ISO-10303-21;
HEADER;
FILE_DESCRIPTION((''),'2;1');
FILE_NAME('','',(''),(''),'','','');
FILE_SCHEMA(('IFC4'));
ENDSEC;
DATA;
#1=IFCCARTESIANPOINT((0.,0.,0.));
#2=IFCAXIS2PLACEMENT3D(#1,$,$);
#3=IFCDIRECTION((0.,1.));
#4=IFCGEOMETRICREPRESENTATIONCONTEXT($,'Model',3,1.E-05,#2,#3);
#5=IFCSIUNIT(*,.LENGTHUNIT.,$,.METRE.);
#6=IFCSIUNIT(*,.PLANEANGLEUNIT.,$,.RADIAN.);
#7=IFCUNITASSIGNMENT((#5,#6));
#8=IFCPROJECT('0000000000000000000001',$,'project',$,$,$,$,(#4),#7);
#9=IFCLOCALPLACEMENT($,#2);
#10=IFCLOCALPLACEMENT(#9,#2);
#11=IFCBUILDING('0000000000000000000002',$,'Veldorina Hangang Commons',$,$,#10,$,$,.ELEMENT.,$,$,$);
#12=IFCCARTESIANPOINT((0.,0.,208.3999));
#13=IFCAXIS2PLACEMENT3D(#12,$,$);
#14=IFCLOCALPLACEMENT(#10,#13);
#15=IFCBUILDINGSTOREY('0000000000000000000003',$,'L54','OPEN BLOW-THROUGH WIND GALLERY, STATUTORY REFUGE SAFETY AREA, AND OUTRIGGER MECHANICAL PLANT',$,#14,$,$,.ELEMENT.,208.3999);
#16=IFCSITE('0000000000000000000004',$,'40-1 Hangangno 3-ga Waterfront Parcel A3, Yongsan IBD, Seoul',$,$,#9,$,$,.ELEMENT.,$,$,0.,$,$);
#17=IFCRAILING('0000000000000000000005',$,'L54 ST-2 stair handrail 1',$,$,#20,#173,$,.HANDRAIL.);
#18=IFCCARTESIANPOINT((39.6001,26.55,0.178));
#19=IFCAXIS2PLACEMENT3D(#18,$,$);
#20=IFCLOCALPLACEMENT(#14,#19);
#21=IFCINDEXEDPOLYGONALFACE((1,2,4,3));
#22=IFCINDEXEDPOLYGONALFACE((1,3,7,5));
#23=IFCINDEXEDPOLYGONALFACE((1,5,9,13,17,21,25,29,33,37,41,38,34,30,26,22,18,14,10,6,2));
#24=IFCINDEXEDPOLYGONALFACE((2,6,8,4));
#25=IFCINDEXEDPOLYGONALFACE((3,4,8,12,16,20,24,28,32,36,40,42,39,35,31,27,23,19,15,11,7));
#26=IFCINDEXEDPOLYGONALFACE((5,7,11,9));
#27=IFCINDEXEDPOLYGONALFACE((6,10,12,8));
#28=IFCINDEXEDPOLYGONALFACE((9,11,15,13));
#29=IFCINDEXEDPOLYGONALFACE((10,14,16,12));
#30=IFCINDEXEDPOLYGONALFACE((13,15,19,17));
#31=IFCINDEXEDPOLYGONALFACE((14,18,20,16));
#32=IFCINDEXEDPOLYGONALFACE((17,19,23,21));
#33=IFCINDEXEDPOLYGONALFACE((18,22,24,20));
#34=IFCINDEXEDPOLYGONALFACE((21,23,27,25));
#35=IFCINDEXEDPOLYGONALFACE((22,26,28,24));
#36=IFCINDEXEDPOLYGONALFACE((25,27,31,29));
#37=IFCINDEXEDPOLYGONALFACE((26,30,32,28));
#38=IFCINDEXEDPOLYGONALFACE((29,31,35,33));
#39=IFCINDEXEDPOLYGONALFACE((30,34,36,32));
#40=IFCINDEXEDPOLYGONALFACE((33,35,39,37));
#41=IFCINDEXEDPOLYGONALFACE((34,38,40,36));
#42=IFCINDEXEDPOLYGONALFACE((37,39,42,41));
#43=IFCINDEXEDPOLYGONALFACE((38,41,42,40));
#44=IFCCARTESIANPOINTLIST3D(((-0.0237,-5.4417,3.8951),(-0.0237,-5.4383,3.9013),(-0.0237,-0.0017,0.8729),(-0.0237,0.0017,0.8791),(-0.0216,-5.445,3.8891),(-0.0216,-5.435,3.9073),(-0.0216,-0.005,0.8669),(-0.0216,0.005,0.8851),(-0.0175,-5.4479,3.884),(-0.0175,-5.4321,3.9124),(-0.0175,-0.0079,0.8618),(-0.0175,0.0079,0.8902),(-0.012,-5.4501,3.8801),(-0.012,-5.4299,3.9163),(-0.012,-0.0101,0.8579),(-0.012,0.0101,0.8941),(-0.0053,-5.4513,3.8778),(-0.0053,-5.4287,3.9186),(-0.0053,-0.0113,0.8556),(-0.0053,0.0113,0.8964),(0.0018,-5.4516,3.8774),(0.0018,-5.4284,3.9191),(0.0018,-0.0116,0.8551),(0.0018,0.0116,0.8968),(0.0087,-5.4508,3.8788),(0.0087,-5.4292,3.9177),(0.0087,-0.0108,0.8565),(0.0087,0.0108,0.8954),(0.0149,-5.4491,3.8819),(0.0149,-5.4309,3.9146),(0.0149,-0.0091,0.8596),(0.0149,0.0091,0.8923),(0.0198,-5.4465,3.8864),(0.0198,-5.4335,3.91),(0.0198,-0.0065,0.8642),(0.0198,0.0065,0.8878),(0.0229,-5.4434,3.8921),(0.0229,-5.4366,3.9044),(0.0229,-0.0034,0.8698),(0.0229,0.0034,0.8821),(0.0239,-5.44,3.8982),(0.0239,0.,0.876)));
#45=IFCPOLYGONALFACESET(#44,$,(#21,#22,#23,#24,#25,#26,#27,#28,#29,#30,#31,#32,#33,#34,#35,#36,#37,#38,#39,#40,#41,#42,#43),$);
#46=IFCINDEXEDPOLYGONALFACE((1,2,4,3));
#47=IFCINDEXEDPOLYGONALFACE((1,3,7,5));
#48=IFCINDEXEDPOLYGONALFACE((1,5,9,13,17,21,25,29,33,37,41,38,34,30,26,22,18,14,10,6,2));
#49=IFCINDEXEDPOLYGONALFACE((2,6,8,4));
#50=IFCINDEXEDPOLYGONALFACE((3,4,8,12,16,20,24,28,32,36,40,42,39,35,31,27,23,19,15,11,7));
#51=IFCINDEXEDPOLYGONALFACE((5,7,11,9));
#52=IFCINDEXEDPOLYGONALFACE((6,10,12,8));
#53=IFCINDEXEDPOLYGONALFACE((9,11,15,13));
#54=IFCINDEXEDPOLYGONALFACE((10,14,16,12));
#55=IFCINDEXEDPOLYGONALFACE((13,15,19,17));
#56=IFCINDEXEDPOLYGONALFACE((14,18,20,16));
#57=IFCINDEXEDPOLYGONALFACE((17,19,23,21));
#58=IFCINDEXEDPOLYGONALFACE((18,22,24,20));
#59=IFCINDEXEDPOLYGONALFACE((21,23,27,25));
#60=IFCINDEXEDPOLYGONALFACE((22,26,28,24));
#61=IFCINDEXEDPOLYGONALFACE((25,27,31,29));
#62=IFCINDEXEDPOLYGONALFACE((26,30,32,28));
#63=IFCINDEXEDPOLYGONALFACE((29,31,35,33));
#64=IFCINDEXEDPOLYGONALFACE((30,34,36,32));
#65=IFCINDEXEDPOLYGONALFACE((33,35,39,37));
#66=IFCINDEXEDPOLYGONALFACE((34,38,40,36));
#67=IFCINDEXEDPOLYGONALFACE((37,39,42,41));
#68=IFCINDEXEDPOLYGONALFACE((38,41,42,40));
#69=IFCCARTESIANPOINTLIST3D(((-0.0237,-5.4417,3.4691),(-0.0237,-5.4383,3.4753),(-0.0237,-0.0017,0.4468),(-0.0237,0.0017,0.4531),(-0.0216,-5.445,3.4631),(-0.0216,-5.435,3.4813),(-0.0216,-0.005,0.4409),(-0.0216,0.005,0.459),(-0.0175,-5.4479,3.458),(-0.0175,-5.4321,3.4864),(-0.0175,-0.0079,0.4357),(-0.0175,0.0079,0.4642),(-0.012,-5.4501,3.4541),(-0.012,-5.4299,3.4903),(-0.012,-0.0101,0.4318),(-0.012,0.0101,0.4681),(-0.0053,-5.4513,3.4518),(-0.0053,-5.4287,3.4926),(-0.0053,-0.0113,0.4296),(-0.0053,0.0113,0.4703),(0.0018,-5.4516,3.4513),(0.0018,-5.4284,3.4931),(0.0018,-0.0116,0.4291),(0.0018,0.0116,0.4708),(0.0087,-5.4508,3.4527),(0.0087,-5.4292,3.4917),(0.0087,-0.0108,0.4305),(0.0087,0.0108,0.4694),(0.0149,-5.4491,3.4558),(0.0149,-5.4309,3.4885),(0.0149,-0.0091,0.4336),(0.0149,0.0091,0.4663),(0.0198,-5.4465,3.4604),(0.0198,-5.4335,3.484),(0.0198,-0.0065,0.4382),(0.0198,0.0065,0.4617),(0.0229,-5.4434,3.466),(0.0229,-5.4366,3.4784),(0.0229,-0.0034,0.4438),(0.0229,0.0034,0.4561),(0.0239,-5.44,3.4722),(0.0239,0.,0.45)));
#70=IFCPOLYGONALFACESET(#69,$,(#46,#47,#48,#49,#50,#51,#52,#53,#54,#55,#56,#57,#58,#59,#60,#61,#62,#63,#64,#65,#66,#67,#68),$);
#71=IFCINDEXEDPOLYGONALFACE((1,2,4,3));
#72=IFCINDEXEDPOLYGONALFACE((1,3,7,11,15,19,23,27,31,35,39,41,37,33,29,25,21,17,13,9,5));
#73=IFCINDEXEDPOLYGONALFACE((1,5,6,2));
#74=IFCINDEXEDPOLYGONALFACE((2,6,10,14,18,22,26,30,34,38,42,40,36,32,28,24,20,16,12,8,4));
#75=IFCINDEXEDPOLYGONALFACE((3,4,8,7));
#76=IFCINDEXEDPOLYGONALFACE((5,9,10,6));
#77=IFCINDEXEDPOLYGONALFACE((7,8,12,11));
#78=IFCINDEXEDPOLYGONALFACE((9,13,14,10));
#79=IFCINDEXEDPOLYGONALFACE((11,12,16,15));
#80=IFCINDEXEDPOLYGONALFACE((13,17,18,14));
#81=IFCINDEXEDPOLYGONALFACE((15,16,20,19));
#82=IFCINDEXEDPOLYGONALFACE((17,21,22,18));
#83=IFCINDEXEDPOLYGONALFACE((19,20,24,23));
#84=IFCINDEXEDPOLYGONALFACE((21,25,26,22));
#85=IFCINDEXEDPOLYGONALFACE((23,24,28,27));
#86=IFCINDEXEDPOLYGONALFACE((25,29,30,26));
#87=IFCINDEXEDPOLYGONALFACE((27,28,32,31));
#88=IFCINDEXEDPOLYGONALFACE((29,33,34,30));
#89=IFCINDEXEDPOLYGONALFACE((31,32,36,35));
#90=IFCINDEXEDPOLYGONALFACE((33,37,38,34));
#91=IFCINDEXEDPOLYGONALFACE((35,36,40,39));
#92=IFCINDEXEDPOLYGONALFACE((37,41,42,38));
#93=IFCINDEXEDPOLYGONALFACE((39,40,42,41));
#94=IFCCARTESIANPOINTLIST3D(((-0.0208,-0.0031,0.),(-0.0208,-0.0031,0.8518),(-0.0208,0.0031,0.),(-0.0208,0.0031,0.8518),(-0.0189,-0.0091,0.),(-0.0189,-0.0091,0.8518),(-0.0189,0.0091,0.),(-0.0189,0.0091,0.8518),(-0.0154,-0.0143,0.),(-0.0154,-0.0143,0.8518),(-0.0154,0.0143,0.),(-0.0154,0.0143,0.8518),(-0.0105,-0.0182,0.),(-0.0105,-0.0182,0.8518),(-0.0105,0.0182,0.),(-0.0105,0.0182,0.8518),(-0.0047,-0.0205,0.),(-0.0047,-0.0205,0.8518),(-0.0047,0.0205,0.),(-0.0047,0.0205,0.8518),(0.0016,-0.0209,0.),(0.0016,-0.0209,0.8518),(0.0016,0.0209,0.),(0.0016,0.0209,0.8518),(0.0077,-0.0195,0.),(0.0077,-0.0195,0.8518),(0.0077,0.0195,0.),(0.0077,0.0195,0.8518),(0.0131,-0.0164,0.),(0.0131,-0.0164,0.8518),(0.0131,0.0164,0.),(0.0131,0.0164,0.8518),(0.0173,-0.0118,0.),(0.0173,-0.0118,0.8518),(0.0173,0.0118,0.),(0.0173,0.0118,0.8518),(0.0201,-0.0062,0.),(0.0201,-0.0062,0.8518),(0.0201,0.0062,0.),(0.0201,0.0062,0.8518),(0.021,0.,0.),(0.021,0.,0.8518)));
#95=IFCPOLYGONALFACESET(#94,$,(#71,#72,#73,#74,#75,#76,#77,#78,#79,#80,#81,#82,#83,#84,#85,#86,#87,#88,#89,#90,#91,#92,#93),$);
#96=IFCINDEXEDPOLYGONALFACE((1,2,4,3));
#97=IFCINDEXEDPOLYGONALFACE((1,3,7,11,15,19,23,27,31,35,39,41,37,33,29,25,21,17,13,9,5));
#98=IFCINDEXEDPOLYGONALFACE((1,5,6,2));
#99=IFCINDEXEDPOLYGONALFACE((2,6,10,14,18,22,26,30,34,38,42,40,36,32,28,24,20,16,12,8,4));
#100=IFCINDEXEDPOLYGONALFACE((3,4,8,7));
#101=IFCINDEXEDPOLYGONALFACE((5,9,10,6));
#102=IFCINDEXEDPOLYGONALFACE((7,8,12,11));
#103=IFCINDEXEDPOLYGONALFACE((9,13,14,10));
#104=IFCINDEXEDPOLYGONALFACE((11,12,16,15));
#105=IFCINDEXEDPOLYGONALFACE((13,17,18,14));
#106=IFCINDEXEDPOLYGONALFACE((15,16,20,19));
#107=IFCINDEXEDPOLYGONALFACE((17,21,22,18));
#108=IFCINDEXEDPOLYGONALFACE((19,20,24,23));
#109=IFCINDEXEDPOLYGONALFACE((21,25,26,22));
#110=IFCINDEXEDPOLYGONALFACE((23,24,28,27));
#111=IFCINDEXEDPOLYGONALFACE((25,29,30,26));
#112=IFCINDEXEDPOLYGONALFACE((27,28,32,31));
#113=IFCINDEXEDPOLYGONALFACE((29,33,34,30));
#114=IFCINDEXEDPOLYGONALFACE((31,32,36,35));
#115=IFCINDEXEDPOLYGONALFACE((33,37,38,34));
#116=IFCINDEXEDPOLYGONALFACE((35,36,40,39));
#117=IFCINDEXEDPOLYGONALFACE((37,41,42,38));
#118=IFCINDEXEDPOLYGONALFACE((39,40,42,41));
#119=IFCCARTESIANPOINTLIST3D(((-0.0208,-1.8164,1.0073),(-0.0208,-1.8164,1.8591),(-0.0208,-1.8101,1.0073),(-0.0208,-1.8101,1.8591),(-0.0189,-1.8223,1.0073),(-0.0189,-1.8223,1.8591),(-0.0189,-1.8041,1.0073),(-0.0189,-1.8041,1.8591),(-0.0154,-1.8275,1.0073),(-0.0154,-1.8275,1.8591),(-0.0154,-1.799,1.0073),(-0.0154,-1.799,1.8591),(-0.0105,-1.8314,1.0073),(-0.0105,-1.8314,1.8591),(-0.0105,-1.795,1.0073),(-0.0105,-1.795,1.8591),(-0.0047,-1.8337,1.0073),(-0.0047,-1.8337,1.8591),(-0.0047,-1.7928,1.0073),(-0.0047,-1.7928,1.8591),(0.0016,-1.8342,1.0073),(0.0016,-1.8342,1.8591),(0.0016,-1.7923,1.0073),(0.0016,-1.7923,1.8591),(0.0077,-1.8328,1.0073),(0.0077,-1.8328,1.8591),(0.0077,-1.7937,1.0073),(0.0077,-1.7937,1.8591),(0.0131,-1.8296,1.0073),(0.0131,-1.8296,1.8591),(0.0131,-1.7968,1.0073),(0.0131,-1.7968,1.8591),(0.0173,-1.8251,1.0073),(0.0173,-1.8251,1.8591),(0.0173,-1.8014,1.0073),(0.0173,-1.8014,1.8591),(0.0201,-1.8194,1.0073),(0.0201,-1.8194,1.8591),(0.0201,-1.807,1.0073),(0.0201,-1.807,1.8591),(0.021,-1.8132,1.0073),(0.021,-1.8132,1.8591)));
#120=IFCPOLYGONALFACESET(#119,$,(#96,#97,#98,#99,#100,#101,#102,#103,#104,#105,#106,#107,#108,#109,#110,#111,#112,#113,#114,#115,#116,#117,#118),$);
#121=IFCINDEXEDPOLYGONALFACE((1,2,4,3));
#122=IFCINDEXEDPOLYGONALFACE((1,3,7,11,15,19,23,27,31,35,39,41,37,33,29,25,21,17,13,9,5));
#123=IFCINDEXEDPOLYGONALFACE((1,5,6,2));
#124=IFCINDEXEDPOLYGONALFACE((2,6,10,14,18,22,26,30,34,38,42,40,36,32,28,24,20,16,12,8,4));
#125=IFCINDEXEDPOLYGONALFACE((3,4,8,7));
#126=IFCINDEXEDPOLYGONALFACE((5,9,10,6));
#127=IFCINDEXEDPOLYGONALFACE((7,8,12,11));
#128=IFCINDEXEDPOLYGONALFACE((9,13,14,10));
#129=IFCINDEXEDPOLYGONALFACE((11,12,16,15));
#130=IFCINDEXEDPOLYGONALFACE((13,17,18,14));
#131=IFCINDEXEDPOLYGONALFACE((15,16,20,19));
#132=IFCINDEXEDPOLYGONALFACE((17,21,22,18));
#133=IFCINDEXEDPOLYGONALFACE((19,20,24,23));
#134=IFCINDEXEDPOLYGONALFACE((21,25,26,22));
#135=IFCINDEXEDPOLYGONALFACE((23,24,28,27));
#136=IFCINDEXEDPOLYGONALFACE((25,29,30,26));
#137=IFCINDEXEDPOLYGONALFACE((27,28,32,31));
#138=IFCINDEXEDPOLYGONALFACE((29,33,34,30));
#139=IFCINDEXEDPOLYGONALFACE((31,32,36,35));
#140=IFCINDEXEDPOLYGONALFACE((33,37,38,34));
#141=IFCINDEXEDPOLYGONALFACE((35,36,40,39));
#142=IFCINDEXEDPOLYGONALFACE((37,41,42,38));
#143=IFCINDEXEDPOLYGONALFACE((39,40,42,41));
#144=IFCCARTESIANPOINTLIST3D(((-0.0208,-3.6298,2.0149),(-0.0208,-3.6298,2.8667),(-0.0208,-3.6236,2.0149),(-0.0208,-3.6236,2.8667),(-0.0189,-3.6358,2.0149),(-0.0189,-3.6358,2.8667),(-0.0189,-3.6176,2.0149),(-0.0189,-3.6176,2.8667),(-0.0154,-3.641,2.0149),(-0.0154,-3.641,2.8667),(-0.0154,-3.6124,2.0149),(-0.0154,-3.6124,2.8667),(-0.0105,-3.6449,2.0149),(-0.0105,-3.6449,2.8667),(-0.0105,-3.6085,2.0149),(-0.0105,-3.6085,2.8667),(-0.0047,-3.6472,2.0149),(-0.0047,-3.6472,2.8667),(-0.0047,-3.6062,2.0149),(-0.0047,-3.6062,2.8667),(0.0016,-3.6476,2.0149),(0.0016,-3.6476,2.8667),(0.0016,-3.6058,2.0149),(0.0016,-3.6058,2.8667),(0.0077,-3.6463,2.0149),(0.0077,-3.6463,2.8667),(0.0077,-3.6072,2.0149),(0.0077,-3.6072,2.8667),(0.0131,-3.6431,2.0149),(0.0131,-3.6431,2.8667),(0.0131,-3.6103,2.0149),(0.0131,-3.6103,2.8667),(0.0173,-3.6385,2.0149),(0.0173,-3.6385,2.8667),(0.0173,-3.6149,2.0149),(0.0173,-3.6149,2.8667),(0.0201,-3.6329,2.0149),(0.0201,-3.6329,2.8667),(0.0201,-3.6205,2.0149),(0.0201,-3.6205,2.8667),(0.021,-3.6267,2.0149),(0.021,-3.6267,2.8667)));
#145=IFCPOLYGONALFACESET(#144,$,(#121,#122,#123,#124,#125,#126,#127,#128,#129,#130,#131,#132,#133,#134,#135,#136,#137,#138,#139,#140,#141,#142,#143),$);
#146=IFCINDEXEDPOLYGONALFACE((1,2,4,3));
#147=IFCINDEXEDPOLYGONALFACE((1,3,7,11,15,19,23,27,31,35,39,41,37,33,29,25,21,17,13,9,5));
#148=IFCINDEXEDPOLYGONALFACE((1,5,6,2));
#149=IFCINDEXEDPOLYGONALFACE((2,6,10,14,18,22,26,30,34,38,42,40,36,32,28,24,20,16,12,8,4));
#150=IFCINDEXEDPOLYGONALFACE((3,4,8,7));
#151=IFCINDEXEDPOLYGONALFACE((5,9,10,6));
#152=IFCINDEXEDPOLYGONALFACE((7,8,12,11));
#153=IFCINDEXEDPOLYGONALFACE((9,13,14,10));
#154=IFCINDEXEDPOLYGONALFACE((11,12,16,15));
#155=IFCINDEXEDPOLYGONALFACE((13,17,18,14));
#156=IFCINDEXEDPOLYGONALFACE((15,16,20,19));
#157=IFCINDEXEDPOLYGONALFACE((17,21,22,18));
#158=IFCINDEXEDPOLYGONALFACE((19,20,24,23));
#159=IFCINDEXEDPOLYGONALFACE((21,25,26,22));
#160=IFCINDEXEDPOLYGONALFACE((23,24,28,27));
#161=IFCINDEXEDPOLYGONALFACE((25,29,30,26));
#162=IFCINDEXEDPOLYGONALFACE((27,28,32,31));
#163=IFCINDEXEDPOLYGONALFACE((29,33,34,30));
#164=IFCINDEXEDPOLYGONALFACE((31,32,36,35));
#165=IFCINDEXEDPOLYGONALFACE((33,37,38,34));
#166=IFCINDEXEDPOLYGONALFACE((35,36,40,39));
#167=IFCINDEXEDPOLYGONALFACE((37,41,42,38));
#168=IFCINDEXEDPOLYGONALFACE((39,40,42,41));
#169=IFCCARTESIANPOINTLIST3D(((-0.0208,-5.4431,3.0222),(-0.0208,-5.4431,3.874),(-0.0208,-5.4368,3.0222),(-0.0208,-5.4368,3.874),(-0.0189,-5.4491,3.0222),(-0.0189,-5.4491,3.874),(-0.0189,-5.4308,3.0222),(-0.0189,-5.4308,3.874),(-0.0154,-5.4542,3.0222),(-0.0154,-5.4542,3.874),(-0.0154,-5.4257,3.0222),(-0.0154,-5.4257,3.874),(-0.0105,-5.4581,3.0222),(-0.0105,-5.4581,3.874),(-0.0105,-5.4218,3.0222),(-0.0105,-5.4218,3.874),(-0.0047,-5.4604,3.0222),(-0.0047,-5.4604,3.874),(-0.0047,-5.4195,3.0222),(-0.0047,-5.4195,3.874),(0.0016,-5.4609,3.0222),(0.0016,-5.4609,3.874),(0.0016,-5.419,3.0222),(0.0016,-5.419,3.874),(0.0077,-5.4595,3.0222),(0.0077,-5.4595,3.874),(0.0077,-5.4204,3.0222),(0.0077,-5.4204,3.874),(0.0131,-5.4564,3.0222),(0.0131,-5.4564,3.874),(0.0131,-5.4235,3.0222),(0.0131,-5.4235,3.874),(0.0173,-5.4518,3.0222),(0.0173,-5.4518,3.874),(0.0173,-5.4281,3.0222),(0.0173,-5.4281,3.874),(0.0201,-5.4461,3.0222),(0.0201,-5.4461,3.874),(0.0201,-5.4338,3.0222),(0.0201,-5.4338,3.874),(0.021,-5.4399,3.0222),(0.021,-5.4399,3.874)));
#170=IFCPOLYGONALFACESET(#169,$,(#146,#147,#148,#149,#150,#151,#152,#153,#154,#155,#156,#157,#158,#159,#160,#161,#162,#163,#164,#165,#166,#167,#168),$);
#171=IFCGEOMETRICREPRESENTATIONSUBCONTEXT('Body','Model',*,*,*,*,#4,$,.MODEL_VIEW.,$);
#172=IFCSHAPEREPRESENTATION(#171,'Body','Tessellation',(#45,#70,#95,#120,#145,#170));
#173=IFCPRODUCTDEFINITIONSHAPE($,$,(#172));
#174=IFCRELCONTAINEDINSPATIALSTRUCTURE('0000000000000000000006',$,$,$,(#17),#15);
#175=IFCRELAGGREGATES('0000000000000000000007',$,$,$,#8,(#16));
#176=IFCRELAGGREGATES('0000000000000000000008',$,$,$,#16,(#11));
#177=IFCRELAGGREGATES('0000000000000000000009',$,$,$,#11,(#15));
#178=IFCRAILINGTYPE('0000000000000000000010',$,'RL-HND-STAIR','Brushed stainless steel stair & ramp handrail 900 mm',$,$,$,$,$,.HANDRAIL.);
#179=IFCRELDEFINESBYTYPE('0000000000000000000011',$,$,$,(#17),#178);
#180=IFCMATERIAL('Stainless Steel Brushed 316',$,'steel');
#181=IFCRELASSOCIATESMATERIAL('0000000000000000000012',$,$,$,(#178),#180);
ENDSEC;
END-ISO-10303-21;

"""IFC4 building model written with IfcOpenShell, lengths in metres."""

from ifc_helpers import new_model, si_unit, direction, frame, origin, origin_2d, place, context, subcontext, project, spatial, circle, extrude, material, type_object, element, save


model = new_model("IFC4")

# Units and contexts
model_context = context("Model", 3, precision=1e-05, world=origin(), true_north=direction((0.0, 1.0)))
body_context = subcontext(model_context, "Body", "Model", "MODEL_VIEW")
ifc_project = project(units=[si_unit("LENGTHUNIT", "METRE"), si_unit("PLANEANGLEUNIT", "RADIAN")], contexts=[model_context])

# Site, building, storey
site_placement = place(None, origin())
site = spatial("IfcSite", under=ifc_project, at=site_placement, Name="40-1 Hangangno 3-ga Waterfront Parcel A3, Yongsan IBD, Seoul", CompositionType="ELEMENT", RefElevation=0.0)
building_placement = place(site_placement, origin())
building = spatial("IfcBuilding", under=site, at=building_placement, Name="Veldorina Hangang Commons", CompositionType="ELEMENT")
storey_placement = place(building_placement, frame((0.0, 0.0, 208.3999)))
storey = spatial("IfcBuildingStorey", under=building, at=storey_placement, Name="L54", Description="OPEN BLOW-THROUGH WIND GALLERY, STATUTORY REFUGE SAFETY AREA, AND OUTRIGGER MECHANICAL PLANT", CompositionType="ELEMENT", Elevation=208.3999)

# Railing
ifc_material_1 = material(Name="Stainless Steel Brushed 316", Category="steel")
railing_type_1 = type_object("IfcRailingType", Name="RL-HND-STAIR", Description="Brushed stainless steel stair & ramp handrail 900 mm", PredefinedType="HANDRAIL", material=ifc_material_1)
railing_1_placement = place(storey_placement, frame((39.6001, 26.55, 0.178)))
element("IfcRailing", 1, at=railing_1_placement, inside=storey, type_object=railing_type_1, Name="L54 ST-2 stair handrail 1", PredefinedType="HANDRAIL", context=body_context, shape_type="SweptSolid", body=[
    extrude(circle(Radius=0.0239, at=origin_2d()), frame((0.0, 0.0, 0.876), z_axis=(0.0, -0.874155, 0.485646), x_axis=(1.0, 0.0, 0.0)), (0.0, 0.0, 1.0), 6.2231),
    extrude(circle(Radius=0.0239, at=origin_2d()), frame((0.0, 0.0, 0.45), z_axis=(0.0, -0.874155, 0.485646), x_axis=(1.0, 0.0, 0.0)), (0.0, 0.0, 1.0), 6.2231),
    extrude(circle(Radius=0.021, at=origin_2d()), origin(), (0.0, 0.0, 1.0), 0.8518),
    extrude(circle(Radius=0.021, at=origin_2d()), frame((0.0, -1.8132, 1.0073)), (0.0, 0.0, 1.0), 0.8518),
    extrude(circle(Radius=0.021, at=origin_2d()), frame((0.0, -3.6267, 2.0149)), (0.0, 0.0, 1.0), 0.8518),
    extrude(circle(Radius=0.021, at=origin_2d()), frame((0.0, -5.4399, 3.0222)), (0.0, 0.0, 1.0), 0.8518),
])

save(model, "model.ifc")
